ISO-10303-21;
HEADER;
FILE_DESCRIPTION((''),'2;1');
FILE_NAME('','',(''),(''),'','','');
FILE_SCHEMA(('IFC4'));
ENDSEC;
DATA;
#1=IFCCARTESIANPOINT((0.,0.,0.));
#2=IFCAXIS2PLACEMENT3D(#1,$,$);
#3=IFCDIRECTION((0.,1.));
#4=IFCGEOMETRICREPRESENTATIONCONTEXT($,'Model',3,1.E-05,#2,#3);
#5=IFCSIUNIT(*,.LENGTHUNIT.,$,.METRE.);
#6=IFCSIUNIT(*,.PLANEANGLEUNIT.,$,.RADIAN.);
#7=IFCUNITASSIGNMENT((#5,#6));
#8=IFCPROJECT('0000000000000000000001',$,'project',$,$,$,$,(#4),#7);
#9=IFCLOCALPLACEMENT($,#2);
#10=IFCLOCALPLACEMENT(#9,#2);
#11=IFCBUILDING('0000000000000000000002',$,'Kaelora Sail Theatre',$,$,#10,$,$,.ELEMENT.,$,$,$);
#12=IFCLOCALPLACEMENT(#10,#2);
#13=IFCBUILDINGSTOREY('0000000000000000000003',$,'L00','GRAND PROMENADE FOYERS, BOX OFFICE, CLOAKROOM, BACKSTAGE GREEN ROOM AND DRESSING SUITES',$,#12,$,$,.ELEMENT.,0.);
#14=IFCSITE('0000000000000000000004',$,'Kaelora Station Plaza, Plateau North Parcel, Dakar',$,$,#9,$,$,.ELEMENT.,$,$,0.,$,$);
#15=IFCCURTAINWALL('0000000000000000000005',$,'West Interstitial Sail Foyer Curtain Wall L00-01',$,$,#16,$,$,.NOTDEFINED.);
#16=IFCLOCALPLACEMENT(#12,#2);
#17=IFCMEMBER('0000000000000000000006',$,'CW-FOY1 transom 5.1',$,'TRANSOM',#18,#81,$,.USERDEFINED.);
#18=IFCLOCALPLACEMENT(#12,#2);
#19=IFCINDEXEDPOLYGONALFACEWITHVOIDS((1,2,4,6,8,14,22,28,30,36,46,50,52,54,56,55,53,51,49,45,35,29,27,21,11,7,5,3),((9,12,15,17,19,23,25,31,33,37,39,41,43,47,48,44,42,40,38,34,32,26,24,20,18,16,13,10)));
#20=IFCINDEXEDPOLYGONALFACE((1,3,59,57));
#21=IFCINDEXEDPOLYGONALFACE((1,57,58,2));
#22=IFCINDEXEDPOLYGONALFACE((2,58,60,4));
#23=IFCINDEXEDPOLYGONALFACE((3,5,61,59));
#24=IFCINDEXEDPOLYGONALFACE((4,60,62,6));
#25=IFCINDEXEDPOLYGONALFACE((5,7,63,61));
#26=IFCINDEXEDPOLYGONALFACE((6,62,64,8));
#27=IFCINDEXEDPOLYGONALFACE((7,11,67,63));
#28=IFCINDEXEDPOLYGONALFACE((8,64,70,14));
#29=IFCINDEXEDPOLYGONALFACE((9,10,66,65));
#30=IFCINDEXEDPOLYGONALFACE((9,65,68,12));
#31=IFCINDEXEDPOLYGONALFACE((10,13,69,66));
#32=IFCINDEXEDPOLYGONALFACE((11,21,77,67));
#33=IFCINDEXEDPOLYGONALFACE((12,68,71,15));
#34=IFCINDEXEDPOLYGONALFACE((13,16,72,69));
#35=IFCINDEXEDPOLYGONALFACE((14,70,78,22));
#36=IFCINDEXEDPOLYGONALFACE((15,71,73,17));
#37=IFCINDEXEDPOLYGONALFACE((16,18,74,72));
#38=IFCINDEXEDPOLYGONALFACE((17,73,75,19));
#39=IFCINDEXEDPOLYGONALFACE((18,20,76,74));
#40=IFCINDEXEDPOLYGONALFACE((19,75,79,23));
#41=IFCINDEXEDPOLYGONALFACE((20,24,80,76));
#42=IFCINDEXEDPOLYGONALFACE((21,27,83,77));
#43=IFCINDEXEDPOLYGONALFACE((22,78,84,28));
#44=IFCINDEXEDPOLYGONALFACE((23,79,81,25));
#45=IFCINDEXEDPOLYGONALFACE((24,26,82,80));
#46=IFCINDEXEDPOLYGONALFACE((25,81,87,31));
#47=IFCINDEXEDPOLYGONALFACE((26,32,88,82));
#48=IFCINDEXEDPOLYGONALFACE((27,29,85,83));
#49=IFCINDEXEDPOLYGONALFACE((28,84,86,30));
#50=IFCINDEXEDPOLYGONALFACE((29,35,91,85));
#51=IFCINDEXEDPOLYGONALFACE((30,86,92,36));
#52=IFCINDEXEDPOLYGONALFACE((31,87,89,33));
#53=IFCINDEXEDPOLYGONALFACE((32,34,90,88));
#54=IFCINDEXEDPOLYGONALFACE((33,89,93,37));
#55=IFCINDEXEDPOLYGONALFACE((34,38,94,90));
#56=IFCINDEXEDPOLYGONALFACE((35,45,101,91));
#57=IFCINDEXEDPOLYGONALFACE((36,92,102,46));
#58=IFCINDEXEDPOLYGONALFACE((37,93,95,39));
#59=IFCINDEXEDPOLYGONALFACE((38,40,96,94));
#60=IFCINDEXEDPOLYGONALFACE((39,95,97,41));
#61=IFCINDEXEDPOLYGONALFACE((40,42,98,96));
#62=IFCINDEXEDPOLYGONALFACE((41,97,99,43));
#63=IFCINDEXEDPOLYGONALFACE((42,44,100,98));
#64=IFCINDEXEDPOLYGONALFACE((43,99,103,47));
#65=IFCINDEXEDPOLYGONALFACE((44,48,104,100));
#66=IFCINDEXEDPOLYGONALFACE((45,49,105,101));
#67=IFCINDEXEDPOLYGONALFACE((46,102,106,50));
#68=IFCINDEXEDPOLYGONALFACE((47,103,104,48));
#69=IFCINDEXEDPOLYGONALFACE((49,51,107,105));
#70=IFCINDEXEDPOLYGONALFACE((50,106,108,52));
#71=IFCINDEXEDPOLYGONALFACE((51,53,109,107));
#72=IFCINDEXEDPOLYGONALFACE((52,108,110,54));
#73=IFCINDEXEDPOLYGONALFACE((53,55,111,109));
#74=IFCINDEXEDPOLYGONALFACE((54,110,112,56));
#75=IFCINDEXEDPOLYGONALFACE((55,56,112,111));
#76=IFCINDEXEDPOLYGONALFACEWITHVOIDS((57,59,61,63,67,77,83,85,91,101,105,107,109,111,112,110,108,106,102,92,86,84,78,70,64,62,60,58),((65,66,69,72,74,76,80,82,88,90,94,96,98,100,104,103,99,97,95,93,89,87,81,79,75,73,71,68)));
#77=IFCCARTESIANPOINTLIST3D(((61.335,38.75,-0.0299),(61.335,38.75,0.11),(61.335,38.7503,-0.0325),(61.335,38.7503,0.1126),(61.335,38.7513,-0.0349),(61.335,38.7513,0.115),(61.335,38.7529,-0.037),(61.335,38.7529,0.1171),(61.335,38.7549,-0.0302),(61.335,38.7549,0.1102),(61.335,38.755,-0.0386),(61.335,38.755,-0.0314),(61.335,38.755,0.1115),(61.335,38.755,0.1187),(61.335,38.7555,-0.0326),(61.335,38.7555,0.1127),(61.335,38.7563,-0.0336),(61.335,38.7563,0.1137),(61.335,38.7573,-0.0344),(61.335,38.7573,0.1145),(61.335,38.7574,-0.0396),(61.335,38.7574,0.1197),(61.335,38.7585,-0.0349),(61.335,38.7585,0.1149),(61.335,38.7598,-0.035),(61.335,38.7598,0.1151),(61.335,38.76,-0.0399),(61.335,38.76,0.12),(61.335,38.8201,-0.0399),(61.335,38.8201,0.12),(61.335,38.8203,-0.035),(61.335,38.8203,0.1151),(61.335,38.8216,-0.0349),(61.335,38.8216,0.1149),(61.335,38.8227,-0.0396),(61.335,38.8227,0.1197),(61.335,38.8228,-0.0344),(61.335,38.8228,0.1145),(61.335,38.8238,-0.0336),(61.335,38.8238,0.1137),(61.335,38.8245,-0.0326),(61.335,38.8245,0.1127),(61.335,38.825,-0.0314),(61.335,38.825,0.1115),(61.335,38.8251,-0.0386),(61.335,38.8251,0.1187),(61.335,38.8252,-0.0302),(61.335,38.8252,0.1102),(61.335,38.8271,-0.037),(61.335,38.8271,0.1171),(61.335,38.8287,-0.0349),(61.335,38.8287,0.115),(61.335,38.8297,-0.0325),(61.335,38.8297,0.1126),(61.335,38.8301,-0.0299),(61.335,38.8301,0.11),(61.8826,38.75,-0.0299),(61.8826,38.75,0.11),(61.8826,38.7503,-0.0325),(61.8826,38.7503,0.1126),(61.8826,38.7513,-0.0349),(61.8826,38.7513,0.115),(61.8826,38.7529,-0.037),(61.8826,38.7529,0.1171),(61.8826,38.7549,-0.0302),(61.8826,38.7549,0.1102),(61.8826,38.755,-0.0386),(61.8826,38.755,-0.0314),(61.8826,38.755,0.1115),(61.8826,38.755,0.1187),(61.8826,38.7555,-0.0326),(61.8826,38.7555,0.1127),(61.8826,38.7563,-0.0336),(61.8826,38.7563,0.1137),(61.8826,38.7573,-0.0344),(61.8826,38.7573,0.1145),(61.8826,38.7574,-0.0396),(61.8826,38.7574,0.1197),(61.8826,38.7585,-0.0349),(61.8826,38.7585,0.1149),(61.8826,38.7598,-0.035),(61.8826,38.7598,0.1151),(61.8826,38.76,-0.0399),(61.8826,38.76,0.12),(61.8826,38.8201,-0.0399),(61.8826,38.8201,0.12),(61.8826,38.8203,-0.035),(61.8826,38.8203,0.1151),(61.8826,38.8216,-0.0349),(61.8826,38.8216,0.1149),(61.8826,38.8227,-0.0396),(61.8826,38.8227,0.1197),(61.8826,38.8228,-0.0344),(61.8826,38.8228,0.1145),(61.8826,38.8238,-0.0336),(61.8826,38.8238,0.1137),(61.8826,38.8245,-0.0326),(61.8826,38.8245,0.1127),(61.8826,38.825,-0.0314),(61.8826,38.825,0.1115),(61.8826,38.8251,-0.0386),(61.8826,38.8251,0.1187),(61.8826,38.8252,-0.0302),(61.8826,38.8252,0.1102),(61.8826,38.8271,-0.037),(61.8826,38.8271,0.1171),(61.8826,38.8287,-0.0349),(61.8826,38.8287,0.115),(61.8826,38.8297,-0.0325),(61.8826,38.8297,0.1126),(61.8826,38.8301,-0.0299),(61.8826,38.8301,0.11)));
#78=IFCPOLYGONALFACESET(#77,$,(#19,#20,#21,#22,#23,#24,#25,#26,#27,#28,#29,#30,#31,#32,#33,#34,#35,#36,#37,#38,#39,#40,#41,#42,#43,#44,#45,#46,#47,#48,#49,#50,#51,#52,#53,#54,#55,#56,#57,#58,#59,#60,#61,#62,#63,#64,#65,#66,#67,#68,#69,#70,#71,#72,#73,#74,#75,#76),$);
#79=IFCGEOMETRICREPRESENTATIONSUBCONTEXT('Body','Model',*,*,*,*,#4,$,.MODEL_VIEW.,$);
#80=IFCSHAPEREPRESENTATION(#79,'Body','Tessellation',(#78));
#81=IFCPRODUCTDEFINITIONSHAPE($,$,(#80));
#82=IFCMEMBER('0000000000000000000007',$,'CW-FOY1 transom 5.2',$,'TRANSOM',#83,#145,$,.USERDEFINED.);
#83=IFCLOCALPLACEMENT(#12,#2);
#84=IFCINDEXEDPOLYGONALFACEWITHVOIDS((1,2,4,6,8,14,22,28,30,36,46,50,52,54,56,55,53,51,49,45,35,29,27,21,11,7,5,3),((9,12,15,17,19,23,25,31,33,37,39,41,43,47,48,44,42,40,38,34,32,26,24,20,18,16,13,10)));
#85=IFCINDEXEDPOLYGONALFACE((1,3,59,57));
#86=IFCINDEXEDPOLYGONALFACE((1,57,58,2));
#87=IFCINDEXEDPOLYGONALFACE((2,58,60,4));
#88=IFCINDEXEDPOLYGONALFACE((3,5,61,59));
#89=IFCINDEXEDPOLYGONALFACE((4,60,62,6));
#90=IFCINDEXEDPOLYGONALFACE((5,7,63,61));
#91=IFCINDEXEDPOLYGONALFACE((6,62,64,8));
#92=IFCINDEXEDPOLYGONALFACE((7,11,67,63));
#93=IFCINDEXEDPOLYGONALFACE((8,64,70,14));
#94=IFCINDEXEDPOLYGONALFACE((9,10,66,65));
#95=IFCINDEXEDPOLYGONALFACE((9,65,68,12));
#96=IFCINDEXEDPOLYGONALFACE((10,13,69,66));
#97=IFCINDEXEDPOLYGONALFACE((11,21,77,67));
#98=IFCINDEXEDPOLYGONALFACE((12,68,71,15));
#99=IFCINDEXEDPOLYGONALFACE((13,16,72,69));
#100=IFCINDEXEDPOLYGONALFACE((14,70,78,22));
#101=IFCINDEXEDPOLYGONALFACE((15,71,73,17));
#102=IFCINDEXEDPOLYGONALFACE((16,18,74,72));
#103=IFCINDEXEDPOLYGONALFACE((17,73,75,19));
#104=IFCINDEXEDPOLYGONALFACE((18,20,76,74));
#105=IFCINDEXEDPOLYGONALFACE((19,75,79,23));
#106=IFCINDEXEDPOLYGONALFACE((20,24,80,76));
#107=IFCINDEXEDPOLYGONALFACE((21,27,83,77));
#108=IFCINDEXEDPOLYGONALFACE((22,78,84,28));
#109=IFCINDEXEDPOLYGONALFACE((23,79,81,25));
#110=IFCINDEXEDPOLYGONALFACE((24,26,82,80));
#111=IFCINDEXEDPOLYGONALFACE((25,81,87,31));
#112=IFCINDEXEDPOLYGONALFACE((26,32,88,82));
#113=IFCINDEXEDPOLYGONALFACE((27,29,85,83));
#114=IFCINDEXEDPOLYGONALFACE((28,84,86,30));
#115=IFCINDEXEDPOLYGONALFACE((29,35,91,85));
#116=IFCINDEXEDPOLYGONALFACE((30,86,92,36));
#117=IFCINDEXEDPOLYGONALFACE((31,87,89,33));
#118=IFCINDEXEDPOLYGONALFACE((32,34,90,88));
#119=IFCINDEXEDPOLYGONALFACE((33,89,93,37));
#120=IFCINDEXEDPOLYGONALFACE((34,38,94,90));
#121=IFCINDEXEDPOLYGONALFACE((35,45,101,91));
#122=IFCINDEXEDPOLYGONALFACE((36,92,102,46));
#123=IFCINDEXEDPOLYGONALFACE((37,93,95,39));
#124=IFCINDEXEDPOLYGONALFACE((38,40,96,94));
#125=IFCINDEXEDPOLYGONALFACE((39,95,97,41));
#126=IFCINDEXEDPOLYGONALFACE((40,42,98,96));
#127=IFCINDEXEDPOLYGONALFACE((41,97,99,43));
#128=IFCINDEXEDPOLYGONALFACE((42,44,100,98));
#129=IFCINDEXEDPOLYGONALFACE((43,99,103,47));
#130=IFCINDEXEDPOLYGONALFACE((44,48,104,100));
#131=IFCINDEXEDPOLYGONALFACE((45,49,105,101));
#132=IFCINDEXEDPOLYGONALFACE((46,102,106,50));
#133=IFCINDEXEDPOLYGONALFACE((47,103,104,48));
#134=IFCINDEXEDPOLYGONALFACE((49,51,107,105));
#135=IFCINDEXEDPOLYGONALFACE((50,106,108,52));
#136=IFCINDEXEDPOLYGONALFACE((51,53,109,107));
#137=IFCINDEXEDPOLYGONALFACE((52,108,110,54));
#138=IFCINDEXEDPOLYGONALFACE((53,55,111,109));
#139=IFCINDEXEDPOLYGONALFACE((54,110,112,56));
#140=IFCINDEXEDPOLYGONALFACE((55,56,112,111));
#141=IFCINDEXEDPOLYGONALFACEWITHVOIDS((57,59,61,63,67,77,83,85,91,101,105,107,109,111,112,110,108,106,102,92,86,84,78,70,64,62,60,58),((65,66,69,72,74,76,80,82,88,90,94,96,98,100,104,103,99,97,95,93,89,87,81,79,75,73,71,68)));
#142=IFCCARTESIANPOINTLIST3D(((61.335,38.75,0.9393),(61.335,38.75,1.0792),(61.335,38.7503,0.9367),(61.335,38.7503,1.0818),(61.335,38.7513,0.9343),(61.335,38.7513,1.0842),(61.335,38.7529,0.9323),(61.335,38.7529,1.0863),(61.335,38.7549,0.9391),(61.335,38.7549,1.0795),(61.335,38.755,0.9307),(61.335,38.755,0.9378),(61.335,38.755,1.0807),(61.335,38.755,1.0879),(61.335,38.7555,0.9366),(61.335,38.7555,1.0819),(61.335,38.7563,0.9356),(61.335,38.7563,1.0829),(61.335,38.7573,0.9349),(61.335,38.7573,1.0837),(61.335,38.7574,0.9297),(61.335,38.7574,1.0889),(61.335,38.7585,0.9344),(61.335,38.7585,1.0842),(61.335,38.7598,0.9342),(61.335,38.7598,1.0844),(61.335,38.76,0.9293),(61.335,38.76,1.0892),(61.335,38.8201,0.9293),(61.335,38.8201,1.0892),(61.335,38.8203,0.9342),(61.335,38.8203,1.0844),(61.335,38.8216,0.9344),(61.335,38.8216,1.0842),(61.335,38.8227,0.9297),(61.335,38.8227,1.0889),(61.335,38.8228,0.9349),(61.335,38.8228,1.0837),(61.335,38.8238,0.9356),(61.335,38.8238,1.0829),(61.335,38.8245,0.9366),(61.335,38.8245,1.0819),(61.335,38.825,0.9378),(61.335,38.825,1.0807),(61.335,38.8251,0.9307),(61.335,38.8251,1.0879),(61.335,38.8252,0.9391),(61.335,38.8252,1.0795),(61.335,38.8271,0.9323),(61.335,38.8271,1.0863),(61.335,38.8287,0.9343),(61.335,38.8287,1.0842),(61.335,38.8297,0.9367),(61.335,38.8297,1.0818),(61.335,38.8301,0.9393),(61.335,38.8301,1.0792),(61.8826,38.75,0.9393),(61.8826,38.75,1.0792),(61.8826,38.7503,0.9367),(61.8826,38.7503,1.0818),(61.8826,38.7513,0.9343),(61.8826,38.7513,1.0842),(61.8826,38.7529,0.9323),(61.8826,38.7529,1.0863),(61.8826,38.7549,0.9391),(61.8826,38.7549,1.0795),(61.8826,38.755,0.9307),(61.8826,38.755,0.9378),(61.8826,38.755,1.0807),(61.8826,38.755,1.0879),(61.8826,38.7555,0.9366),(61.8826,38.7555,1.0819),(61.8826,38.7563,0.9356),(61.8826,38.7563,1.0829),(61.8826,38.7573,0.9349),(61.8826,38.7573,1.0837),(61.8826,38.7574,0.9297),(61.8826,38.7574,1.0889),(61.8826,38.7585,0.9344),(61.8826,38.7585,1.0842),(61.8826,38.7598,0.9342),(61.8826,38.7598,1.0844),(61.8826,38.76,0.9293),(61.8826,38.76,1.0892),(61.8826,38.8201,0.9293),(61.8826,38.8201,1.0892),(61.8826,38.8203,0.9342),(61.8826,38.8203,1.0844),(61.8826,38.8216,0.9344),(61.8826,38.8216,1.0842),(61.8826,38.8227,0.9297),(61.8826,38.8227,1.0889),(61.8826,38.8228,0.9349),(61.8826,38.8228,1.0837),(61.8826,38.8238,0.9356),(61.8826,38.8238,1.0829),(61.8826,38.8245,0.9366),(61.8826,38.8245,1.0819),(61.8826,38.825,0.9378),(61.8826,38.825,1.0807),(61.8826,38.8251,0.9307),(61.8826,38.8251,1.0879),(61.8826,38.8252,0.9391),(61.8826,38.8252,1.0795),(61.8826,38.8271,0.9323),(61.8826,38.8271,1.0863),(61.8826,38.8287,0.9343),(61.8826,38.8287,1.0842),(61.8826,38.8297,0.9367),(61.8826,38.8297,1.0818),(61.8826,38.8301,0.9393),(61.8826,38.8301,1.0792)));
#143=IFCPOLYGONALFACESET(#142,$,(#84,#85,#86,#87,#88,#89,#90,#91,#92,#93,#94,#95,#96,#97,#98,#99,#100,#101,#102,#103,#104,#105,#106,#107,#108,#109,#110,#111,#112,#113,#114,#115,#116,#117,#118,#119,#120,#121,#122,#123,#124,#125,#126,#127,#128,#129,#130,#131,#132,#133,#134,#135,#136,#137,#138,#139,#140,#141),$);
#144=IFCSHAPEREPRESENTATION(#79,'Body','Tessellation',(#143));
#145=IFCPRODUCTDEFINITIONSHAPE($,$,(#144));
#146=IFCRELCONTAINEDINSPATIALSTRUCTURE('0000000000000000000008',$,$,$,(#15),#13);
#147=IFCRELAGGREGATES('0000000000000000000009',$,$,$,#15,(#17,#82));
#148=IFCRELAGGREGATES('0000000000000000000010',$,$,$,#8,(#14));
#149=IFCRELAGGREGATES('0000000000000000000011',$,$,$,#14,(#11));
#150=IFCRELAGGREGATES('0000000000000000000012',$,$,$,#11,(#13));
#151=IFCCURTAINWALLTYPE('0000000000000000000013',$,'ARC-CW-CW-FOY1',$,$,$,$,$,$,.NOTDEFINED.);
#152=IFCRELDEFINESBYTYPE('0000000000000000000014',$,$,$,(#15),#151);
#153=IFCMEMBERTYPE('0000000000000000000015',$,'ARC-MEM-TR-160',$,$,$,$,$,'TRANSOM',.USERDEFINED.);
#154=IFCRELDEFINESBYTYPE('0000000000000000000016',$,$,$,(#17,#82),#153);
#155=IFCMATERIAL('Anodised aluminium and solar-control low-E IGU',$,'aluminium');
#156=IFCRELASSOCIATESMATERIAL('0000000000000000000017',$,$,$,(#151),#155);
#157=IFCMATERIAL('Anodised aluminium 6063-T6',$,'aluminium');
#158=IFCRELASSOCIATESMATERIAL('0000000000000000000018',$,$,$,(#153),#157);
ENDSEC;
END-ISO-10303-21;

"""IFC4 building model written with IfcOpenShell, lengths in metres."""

from ifc_helpers import new_model, si_unit, direction, frame, origin, origin_2d, place, context, subcontext, project, spatial, hollow_rectangle, extrude, material, material_profile, profile_set, type_object, element, aggregate, save


model = new_model("IFC4")

# Units and contexts
model_context = context("Model", 3, precision=1e-05, world=origin(), true_north=direction((0.0, 1.0)))
body_context = subcontext(model_context, "Body", "Model", "MODEL_VIEW")
ifc_project = project(units=[si_unit("LENGTHUNIT", "METRE"), si_unit("PLANEANGLEUNIT", "RADIAN")], contexts=[model_context])

# Site, building, storey
site_placement = place(None, origin())
site = spatial("IfcSite", under=ifc_project, at=site_placement, Name="Kaelora Station Plaza, Plateau North Parcel, Dakar", CompositionType="ELEMENT", RefElevation=0.0)
building_placement = place(site_placement, origin())
building = spatial("IfcBuilding", under=site, at=building_placement, Name="Kaelora Sail Theatre", CompositionType="ELEMENT")
storey_placement = place(building_placement, origin())
storey = spatial("IfcBuildingStorey", under=building, at=storey_placement, Name="L00", Description="GRAND PROMENADE FOYERS, BOX OFFICE, CLOAKROOM, BACKSTAGE GREEN ROOM AND DRESSING SUITES", CompositionType="ELEMENT", Elevation=0.0)

# Curtain wall, members
ifc_material_1 = material(Name="Anodised aluminium and solar-control low-E IGU", Category="aluminium")
curtain_wall_type = type_object("IfcCurtainWallType", Name="ARC-CW-CW-FOY1", PredefinedType="NOTDEFINED", material=ifc_material_1)
curtain_wall_placement = place(storey_placement, origin())
curtain_wall = element("IfcCurtainWall", 1, at=curtain_wall_placement, inside=storey, type_object=curtain_wall_type, Name="West Interstitial Sail Foyer Curtain Wall L00-01", PredefinedType="NOTDEFINED")
ifc_material_2 = material(Name="Anodised aluminium 6063-T6", Category="aluminium")
ifc_material_profile_1 = material_profile(ifc_material_2, hollow_rectangle(XDim=0.0801, YDim=0.1599, WallThickness=0.0049, InnerFilletRadius=0.0049, OuterFilletRadius=0.01, at=origin_2d()), Name="ALU-TRAN 80x160x5")
ifc_profile_set_1 = profile_set([ifc_material_profile_1], Name="Anodised aluminium 6063-T6")
member_type_1 = type_object("IfcMemberType", Name="ARC-MEM-TR-160", ElementType="TRANSOM", PredefinedType="USERDEFINED", material=ifc_profile_set_1)
member_1_placement = place(storey_placement, frame((61.335, 38.79, 0.04), z_axis=(1.0, 0.0, 0.0), x_axis=(0.0, 1.0, 0.0)))
member_1 = element("IfcMember", 2, at=member_1_placement, type_object=member_type_1, Name="CW-FOY1 transom 5.1", ObjectType="TRANSOM", PredefinedType="USERDEFINED", context=body_context, shape_type="SweptSolid", body=[
    extrude(hollow_rectangle(XDim=0.0801, YDim=0.1599, WallThickness=0.0049, InnerFilletRadius=0.0049, OuterFilletRadius=0.01, at=origin_2d()), origin(), (0.0, 0.0, 1.0), 0.5476),
])
member_2_placement = place(storey_placement, frame((61.335, 38.79, 1.0093), z_axis=(1.0, 0.0, 0.0), x_axis=(0.0, 1.0, 0.0)))
member_2 = element("IfcMember", 3, at=member_2_placement, type_object=member_type_1, Name="CW-FOY1 transom 5.2", ObjectType="TRANSOM", PredefinedType="USERDEFINED", context=body_context, shape_type="SweptSolid", body=[
    extrude(hollow_rectangle(XDim=0.0801, YDim=0.1599, WallThickness=0.0049, InnerFilletRadius=0.0049, OuterFilletRadius=0.01, at=origin_2d()), origin(), (0.0, 0.0, 1.0), 0.5476),
])
aggregate(curtain_wall, [member_1, member_2])

save(model, "model.ifc")
